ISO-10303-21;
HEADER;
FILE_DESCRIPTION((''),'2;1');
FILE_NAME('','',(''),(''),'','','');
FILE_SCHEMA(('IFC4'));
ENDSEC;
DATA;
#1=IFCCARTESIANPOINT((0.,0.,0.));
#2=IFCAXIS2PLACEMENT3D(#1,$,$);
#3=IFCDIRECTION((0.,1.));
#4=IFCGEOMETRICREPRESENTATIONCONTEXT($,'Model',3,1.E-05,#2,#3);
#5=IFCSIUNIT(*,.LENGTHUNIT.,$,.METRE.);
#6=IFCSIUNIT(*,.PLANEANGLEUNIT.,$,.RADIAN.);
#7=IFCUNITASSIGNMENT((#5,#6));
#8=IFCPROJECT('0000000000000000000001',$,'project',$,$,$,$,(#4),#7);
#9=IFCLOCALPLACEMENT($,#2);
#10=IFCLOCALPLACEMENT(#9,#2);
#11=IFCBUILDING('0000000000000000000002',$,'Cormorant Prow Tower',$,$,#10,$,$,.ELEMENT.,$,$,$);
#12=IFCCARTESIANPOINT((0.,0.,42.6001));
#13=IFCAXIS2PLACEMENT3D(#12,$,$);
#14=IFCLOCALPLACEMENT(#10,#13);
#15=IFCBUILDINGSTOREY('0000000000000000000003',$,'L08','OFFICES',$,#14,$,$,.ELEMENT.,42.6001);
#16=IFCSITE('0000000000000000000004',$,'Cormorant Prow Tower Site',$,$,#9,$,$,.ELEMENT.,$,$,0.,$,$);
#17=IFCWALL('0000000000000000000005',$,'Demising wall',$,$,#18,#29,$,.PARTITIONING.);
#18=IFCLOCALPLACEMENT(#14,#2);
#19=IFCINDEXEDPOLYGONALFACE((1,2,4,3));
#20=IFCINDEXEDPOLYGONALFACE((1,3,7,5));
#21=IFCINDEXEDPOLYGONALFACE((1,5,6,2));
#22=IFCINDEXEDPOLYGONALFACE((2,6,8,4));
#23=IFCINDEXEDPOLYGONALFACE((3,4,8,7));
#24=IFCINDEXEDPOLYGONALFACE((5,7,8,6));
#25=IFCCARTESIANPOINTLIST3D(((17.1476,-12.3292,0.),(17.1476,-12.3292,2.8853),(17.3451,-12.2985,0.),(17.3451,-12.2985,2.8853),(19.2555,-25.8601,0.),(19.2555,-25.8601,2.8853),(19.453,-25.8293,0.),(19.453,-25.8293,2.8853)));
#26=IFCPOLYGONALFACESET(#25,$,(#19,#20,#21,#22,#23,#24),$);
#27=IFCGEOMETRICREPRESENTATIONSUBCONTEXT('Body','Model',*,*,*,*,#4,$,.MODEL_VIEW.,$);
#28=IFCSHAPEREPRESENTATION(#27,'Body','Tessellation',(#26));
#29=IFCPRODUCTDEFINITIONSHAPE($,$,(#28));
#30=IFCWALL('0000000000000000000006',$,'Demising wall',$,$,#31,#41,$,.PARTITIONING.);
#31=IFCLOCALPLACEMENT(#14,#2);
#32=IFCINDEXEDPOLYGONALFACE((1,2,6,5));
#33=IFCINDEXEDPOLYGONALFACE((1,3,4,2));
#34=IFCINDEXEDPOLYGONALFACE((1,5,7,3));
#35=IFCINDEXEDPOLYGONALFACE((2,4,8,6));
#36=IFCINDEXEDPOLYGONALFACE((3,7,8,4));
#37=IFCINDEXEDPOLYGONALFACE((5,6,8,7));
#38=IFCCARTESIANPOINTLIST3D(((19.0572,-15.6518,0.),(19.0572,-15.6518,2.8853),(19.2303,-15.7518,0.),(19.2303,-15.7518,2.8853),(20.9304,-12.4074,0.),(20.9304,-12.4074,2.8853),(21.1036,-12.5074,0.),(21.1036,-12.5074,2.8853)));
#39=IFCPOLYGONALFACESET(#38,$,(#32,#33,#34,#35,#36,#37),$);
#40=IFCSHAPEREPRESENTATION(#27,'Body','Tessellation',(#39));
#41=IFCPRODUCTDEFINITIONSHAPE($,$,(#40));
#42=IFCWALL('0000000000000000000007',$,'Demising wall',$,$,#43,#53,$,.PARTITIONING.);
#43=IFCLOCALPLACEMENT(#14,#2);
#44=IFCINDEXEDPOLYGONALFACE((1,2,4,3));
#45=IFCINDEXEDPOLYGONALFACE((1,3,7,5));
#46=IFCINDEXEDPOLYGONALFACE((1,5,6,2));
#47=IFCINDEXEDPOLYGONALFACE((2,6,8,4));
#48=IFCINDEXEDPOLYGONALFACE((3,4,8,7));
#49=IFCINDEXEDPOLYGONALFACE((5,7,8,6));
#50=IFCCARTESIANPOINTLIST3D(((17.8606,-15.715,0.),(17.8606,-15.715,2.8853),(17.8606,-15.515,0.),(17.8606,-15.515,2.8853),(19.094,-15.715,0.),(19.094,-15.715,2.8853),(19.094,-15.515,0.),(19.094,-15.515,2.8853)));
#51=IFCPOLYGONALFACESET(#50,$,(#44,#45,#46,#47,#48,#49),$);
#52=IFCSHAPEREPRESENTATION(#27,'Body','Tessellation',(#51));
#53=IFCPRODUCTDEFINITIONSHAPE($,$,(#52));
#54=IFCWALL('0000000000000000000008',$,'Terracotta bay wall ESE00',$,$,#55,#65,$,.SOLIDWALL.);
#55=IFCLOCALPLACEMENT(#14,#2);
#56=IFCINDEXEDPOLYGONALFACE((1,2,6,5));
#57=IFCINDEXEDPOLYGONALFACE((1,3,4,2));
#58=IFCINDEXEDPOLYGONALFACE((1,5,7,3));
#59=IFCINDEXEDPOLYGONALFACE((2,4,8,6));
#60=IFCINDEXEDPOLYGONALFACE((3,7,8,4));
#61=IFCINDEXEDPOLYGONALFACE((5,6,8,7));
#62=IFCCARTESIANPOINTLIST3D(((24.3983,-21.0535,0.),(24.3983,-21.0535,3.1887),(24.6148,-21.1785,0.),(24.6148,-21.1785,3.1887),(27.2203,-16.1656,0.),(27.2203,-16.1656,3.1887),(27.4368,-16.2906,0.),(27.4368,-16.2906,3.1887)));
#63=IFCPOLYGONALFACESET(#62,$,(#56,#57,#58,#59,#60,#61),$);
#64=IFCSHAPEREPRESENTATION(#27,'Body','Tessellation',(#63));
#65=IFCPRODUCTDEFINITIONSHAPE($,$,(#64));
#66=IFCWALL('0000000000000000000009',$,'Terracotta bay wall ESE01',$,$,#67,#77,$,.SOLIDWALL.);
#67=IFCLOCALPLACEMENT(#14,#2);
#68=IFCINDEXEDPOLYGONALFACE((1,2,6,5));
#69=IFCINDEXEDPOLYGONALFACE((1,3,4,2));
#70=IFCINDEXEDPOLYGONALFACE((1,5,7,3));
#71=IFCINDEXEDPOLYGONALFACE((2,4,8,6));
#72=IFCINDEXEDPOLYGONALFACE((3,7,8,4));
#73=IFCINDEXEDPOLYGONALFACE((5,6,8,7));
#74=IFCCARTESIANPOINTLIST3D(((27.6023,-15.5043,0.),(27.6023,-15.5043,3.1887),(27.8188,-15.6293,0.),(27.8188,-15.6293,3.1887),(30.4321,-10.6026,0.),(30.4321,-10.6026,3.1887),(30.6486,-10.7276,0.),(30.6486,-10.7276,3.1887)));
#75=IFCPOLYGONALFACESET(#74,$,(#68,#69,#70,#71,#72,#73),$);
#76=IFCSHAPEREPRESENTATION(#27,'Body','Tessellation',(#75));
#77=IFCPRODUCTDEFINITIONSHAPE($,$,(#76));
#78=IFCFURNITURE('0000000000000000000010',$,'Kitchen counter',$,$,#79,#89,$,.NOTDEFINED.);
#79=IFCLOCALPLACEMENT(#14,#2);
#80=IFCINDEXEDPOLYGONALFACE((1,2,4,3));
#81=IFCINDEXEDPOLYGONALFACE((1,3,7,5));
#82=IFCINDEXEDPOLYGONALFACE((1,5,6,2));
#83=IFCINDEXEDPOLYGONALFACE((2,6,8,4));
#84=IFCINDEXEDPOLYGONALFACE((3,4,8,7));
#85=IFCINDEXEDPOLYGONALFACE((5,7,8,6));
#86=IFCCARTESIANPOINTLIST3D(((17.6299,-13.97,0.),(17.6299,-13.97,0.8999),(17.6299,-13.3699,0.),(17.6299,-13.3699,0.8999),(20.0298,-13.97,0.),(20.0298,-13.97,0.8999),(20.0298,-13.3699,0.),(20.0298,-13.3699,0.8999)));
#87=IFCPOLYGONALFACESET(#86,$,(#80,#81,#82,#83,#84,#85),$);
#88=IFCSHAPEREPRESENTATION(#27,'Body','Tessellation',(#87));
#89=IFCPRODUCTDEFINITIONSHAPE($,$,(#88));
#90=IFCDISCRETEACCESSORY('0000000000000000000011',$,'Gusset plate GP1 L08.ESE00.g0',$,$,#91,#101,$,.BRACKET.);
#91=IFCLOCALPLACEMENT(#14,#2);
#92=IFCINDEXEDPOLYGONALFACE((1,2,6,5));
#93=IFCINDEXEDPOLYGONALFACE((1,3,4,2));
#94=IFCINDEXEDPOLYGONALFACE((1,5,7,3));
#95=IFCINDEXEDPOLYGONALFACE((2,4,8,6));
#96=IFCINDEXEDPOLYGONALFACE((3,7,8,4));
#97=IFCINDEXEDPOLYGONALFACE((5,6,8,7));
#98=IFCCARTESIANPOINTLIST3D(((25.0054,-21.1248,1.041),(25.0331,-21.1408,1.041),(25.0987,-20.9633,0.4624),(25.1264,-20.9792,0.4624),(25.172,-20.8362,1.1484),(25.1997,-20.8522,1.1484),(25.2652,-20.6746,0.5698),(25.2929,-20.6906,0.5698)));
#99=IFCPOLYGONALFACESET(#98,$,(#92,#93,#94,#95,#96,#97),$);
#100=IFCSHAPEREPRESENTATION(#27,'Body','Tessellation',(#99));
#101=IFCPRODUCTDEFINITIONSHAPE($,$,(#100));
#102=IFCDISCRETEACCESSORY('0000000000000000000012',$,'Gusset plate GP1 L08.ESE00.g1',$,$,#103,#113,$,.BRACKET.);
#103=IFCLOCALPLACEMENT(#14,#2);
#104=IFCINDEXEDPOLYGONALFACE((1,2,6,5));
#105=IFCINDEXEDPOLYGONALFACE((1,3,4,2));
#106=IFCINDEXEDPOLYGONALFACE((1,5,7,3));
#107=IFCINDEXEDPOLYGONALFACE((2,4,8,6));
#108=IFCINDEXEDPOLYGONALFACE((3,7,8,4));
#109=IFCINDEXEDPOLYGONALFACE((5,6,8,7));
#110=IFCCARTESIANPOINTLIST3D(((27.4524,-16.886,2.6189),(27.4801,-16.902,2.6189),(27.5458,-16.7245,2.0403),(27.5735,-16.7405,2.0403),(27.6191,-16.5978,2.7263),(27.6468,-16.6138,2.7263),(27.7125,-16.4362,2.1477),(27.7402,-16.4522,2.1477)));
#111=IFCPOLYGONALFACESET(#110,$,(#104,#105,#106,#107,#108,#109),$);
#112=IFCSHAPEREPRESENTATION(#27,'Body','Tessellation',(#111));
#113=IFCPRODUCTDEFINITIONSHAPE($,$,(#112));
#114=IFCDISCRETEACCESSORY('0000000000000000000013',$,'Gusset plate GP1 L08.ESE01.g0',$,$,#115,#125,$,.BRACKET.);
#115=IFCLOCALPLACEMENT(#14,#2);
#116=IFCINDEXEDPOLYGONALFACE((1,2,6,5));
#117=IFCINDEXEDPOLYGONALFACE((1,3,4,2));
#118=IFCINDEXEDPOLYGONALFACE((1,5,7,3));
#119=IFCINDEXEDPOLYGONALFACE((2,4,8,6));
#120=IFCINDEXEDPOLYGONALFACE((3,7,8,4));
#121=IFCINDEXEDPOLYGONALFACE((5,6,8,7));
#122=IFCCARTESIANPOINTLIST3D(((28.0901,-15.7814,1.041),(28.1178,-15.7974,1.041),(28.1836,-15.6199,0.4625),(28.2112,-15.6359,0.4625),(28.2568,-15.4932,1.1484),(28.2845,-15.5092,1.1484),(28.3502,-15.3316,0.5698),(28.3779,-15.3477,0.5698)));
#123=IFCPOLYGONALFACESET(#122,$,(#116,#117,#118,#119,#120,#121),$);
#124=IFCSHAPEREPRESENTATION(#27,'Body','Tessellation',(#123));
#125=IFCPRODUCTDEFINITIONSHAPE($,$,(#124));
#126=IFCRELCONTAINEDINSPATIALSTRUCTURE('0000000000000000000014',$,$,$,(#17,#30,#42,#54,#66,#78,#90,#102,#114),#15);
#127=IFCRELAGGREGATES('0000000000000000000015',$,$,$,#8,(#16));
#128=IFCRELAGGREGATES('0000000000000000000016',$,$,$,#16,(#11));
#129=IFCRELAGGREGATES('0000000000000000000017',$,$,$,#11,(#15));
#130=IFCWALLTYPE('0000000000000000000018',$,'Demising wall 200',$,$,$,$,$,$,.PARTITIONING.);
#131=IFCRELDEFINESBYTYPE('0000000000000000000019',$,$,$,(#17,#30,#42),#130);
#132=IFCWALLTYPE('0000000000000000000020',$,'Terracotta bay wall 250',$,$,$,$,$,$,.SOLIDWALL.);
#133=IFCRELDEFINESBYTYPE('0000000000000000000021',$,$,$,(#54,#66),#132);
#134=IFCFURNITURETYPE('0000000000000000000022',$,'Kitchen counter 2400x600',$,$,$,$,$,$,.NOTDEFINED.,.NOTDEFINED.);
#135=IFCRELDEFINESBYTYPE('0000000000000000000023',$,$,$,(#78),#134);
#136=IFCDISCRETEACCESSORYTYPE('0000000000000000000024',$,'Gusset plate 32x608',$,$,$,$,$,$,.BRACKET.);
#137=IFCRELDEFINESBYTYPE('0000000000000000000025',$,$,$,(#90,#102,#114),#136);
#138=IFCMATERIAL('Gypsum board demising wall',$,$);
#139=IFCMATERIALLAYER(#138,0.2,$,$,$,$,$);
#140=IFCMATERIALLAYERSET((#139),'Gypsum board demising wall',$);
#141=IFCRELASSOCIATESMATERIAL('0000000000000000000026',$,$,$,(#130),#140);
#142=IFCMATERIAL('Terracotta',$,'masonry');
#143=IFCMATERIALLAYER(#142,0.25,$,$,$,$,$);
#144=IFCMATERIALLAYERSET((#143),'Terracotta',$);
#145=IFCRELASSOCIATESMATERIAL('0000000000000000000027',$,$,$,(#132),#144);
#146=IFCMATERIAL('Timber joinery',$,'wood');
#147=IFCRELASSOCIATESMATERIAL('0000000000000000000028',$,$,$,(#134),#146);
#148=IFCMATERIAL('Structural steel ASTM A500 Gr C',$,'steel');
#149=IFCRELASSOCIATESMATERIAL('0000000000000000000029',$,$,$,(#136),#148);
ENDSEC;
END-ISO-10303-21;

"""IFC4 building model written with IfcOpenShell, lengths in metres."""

from ifc_helpers import new_model, si_unit, direction, frame, frame_2d, origin, origin_2d, place, context, subcontext, project, spatial, rectangle, extrude, material, layer, layer_set, material_profile, profile_set, type_object, element, save


model = new_model("IFC4")

# Units and contexts
model_context = context("Model", 3, precision=1e-05, world=origin(), true_north=direction((0.0, 1.0)))
body_context = subcontext(model_context, "Body", "Model", "MODEL_VIEW")
ifc_project = project(units=[si_unit("LENGTHUNIT", "METRE"), si_unit("PLANEANGLEUNIT", "RADIAN")], contexts=[model_context])

# Site, building, storey
site_placement = place(None, origin())
site = spatial("IfcSite", under=ifc_project, at=site_placement, Name="Cormorant Prow Tower Site", CompositionType="ELEMENT", RefElevation=0.0)
building_placement = place(site_placement, origin())
building = spatial("IfcBuilding", under=site, at=building_placement, Name="Cormorant Prow Tower", CompositionType="ELEMENT")
storey_placement = place(building_placement, frame((0.0, 0.0, 42.6001)))
storey = spatial("IfcBuildingStorey", under=building, at=storey_placement, Name="L08", Description="OFFICES", CompositionType="ELEMENT", Elevation=42.6001)

# Walls
ifc_material_1 = material(Name="Gypsum board demising wall")
ifc_layer_1 = layer(ifc_material_1, 0.2)
ifc_layer_set_1 = layer_set([ifc_layer_1], Name="Gypsum board demising wall")
wall_type_1 = type_object("IfcWallType", Name="Demising wall 200", PredefinedType="PARTITIONING", material=ifc_layer_set_1)
wall_1_placement = place(storey_placement, frame((17.2463, -12.3137, 0.0), z_axis=(0.0, 0.0, 1.0), x_axis=(0.153927, -0.988082, 0.0)))
element("IfcWall", 1, at=wall_1_placement, inside=storey, type_object=wall_type_1, Name="Demising wall", PredefinedType="PARTITIONING", context=body_context, shape_type="SweptSolid", body=[
    extrude(rectangle(XDim=13.6941, YDim=0.2, at=frame_2d((6.8472, 0.0))), origin(), (0.0, 0.0, 1.0), 2.8853),
])
wall_2_placement = place(storey_placement, frame((19.1438, -15.7017, 0.0), z_axis=(0.0, 0.0, 1.0), x_axis=(0.500029, 0.866009, 0.0)))
element("IfcWall", 2, at=wall_2_placement, inside=storey, type_object=wall_type_1, Name="Demising wall", PredefinedType="PARTITIONING", context=body_context, shape_type="SweptSolid", body=[
    extrude(rectangle(XDim=3.7463, YDim=0.2, at=frame_2d((1.873, 0.0))), origin(), (0.0, 0.0, 1.0), 2.8853),
])
wall_3_placement = place(storey_placement, frame((17.8606, -15.615, 0.0), z_axis=(0.0, 0.0, 1.0), x_axis=(1.0, 0.0, 0.0)))
element("IfcWall", 3, at=wall_3_placement, inside=storey, type_object=wall_type_1, Name="Demising wall", PredefinedType="PARTITIONING", context=body_context, shape_type="SweptSolid", body=[
    extrude(rectangle(XDim=1.2334, YDim=0.2, at=frame_2d((0.6167, 0.0))), origin(), (0.0, 0.0, 1.0), 2.8853),
])
ifc_material_2 = material(Name="Terracotta", Category="masonry")
ifc_layer_2 = layer(ifc_material_2, 0.25)
ifc_layer_set_2 = layer_set([ifc_layer_2], Name="Terracotta")
wall_type_2 = type_object("IfcWallType", Name="Terracotta bay wall 250", PredefinedType="SOLIDWALL", material=ifc_layer_set_2)
wall_4_placement = place(storey_placement, frame((24.5066, -21.116, 0.0), z_axis=(0.0, 0.0, 1.0), x_axis=(0.499996, 0.866028, 0.0)))
element("IfcWall", 4, at=wall_4_placement, inside=storey, type_object=wall_type_2, Name="Terracotta bay wall ESE00", PredefinedType="SOLIDWALL", context=body_context, shape_type="SweptSolid", body=[
    extrude(rectangle(XDim=5.644, YDim=0.25, at=frame_2d((2.822, 0.0))), origin(), (0.0, 0.0, 1.0), 3.1887),
])
wall_5_placement = place(storey_placement, frame((27.7104, -15.5669, 0.0), z_axis=(0.0, 0.0, 1.0), x_axis=(0.499985, 0.866034, 0.0)))
element("IfcWall", 5, at=wall_5_placement, inside=storey, type_object=wall_type_2, Name="Terracotta bay wall ESE01", PredefinedType="SOLIDWALL", context=body_context, shape_type="SweptSolid", body=[
    extrude(rectangle(XDim=5.6599, YDim=0.25, at=frame_2d((2.8301, 0.0))), origin(), (0.0, 0.0, 1.0), 3.1887),
])

# Furniture
ifc_material_3 = material(Name="Timber joinery", Category="wood")
furniture_type = type_object("IfcFurnitureType", Name="Kitchen counter 2400x600", AssemblyPlace="NOTDEFINED", PredefinedType="NOTDEFINED", material=ifc_material_3)
furniture_placement = place(storey_placement, frame((18.8298, -13.6699, 0.0), z_axis=(0.0, 0.0, 1.0), x_axis=(1.0, 0.0, 0.0)))
element("IfcFurniture", 6, at=furniture_placement, inside=storey, type_object=furniture_type, Name="Kitchen counter", PredefinedType="NOTDEFINED", context=body_context, shape_type="SweptSolid", body=[
    extrude(rectangle(XDim=2.3999, YDim=0.6001, at=origin_2d()), origin(), (0.0, 0.0, 1.0), 0.8999),
])

# Discrete accessories
ifc_material_4 = material(Name="Structural steel ASTM A500 Gr C", Category="steel")
ifc_material_profile_1 = material_profile(ifc_material_4, rectangle(XDim=0.032, YDim=0.6079, at=origin_2d()), Name="Gusset plate 32x608")
ifc_profile_set_1 = profile_set([ifc_material_profile_1], Name="Structural steel ASTM A500 Gr C")
discrete_accessory_type = type_object("IfcDiscreteAccessoryType", Name="Gusset plate 32x608", PredefinedType="BRACKET", material=ifc_profile_set_1)
discrete_accessory_placement = place(storey_placement, frame((25.2324, -20.7634, 0.8591), z_axis=(-0.475652, -0.82437, -0.306872), x_axis=(0.866161, -0.499765, 0.0)))
element("IfcDiscreteAccessory", 7, at=discrete_accessory_placement, inside=storey, type_object=discrete_accessory_type, Name="Gusset plate GP1 L08.ESE00.g0", PredefinedType="BRACKET", context=body_context, shape_type="SweptSolid", body=[
    extrude(rectangle(XDim=0.032, YDim=0.6079, at=origin_2d()), origin(), (0.0, 0.0, 1.0), 0.3501),
])
for number, where, z_axis, x_axis, name in (
    (8, (27.5129, -16.8132, 2.3296), (0.476465, 0.823872, 0.306946), (-0.86566, 0.500632, 0.0), "Gusset plate GP1 L08.ESE00.g1"),
    (9, (28.3174, -15.4204, 0.8591), (-0.476465, -0.823872, -0.306946), (0.86566, -0.500632, 0.0), "Gusset plate GP1 L08.ESE01.g0"),
):
    element("IfcDiscreteAccessory", number, at=place(storey_placement, frame(where, z_axis=z_axis, x_axis=x_axis)), inside=storey, type_object=discrete_accessory_type, Name=name, PredefinedType="BRACKET", context=body_context, shape_type="SweptSolid", body=[
        extrude(rectangle(XDim=0.032, YDim=0.6079, at=origin_2d()), origin(), (0.0, 0.0, 1.0), 0.3499),
    ])

save(model, "model.ifc")
